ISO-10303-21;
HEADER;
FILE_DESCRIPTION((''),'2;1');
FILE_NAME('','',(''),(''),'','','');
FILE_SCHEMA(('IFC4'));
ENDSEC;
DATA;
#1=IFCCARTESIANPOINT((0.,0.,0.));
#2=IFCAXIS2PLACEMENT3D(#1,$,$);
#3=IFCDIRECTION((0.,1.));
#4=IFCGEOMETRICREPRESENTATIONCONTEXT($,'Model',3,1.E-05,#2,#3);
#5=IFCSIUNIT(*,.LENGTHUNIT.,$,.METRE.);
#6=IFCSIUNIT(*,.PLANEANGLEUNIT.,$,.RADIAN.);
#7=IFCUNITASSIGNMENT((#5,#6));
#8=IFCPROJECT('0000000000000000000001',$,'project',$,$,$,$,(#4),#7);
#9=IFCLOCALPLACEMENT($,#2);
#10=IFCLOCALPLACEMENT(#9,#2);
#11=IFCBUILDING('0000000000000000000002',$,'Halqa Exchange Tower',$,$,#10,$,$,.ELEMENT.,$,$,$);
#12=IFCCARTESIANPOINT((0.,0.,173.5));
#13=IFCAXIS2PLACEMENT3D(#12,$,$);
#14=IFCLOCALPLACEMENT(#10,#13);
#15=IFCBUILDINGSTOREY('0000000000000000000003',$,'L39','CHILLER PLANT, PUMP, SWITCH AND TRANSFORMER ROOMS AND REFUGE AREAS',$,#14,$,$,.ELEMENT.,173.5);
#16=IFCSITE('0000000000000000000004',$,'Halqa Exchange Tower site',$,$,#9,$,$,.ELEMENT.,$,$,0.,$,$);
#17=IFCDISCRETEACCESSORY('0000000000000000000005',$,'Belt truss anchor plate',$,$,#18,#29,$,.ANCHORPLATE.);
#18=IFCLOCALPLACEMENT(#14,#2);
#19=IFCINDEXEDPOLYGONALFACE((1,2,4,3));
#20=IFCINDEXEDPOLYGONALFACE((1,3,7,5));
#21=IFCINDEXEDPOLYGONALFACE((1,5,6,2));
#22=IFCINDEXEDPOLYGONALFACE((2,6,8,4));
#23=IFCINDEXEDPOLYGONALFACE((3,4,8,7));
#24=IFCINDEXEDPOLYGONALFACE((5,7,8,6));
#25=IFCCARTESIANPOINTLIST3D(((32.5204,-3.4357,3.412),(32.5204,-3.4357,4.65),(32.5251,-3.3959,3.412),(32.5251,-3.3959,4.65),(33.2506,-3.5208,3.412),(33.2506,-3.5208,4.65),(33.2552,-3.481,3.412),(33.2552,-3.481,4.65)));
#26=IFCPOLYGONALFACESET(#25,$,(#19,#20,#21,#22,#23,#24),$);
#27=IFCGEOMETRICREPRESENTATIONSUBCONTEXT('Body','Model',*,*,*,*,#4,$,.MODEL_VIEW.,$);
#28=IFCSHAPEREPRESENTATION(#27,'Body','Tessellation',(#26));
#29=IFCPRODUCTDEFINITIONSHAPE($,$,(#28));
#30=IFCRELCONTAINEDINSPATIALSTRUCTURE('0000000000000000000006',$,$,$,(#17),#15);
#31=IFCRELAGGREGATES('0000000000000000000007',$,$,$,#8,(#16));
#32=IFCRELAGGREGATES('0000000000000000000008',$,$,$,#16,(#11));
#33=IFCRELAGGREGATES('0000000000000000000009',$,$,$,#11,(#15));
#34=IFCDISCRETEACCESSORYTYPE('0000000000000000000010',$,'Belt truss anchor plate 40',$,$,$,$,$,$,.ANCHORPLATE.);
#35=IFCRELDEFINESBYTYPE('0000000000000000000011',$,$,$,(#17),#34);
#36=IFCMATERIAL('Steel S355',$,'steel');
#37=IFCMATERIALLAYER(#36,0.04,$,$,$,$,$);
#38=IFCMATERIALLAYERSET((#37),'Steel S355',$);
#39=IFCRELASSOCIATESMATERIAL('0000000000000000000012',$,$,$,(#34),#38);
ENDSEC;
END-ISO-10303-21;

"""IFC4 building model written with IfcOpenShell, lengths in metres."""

from ifc_helpers import new_model, si_unit, direction, frame, origin, origin_2d, place, context, subcontext, project, spatial, rectangle, extrude, material, layer, layer_set, type_object, element, save


model = new_model("IFC4")

# Units and contexts
model_context = context("Model", 3, precision=1e-05, world=origin(), true_north=direction((0.0, 1.0)))
body_context = subcontext(model_context, "Body", "Model", "MODEL_VIEW")
ifc_project = project(units=[si_unit("LENGTHUNIT", "METRE"), si_unit("PLANEANGLEUNIT", "RADIAN")], contexts=[model_context])

# Site, building, storey
site_placement = place(None, origin())
site = spatial("IfcSite", under=ifc_project, at=site_placement, Name="Halqa Exchange Tower site", CompositionType="ELEMENT", RefElevation=0.0)
building_placement = place(site_placement, origin())
building = spatial("IfcBuilding", under=site, at=building_placement, Name="Halqa Exchange Tower", CompositionType="ELEMENT")
storey_placement = place(building_placement, frame((0.0, 0.0, 173.5)))
storey = spatial("IfcBuildingStorey", under=building, at=storey_placement, Name="L39", Description="CHILLER PLANT, PUMP, SWITCH AND TRANSFORMER ROOMS AND REFUGE AREAS", CompositionType="ELEMENT", Elevation=173.5)

# Shared definitions
ifc_material_1 = material(Name="Steel S355", Category="steel")

# Discrete accessory
ifc_layer_1 = layer(ifc_material_1, 0.04)
ifc_layer_set_1 = layer_set([ifc_layer_1], Name="Steel S355")
discrete_accessory_type = type_object("IfcDiscreteAccessoryType", Name="Belt truss anchor plate 40", PredefinedType="ANCHORPLATE", material=ifc_layer_set_1)
discrete_accessory_1_placement = place(storey_placement, frame((32.8901, -3.4385, 4.031), z_axis=(-0.115781, -0.993275, 0.0), x_axis=(0.993275, -0.115781, 0.0)))
element("IfcDiscreteAccessory", 1, at=discrete_accessory_1_placement, inside=storey, type_object=discrete_accessory_type, Name="Belt truss anchor plate", PredefinedType="ANCHORPLATE", context=body_context, shape_type="SweptSolid", body=[
    extrude(rectangle(XDim=0.7351, YDim=1.238, at=origin_2d()), origin(), (0.0, 0.0, 1.0), 0.04),
])

save(model, "model.ifc")
